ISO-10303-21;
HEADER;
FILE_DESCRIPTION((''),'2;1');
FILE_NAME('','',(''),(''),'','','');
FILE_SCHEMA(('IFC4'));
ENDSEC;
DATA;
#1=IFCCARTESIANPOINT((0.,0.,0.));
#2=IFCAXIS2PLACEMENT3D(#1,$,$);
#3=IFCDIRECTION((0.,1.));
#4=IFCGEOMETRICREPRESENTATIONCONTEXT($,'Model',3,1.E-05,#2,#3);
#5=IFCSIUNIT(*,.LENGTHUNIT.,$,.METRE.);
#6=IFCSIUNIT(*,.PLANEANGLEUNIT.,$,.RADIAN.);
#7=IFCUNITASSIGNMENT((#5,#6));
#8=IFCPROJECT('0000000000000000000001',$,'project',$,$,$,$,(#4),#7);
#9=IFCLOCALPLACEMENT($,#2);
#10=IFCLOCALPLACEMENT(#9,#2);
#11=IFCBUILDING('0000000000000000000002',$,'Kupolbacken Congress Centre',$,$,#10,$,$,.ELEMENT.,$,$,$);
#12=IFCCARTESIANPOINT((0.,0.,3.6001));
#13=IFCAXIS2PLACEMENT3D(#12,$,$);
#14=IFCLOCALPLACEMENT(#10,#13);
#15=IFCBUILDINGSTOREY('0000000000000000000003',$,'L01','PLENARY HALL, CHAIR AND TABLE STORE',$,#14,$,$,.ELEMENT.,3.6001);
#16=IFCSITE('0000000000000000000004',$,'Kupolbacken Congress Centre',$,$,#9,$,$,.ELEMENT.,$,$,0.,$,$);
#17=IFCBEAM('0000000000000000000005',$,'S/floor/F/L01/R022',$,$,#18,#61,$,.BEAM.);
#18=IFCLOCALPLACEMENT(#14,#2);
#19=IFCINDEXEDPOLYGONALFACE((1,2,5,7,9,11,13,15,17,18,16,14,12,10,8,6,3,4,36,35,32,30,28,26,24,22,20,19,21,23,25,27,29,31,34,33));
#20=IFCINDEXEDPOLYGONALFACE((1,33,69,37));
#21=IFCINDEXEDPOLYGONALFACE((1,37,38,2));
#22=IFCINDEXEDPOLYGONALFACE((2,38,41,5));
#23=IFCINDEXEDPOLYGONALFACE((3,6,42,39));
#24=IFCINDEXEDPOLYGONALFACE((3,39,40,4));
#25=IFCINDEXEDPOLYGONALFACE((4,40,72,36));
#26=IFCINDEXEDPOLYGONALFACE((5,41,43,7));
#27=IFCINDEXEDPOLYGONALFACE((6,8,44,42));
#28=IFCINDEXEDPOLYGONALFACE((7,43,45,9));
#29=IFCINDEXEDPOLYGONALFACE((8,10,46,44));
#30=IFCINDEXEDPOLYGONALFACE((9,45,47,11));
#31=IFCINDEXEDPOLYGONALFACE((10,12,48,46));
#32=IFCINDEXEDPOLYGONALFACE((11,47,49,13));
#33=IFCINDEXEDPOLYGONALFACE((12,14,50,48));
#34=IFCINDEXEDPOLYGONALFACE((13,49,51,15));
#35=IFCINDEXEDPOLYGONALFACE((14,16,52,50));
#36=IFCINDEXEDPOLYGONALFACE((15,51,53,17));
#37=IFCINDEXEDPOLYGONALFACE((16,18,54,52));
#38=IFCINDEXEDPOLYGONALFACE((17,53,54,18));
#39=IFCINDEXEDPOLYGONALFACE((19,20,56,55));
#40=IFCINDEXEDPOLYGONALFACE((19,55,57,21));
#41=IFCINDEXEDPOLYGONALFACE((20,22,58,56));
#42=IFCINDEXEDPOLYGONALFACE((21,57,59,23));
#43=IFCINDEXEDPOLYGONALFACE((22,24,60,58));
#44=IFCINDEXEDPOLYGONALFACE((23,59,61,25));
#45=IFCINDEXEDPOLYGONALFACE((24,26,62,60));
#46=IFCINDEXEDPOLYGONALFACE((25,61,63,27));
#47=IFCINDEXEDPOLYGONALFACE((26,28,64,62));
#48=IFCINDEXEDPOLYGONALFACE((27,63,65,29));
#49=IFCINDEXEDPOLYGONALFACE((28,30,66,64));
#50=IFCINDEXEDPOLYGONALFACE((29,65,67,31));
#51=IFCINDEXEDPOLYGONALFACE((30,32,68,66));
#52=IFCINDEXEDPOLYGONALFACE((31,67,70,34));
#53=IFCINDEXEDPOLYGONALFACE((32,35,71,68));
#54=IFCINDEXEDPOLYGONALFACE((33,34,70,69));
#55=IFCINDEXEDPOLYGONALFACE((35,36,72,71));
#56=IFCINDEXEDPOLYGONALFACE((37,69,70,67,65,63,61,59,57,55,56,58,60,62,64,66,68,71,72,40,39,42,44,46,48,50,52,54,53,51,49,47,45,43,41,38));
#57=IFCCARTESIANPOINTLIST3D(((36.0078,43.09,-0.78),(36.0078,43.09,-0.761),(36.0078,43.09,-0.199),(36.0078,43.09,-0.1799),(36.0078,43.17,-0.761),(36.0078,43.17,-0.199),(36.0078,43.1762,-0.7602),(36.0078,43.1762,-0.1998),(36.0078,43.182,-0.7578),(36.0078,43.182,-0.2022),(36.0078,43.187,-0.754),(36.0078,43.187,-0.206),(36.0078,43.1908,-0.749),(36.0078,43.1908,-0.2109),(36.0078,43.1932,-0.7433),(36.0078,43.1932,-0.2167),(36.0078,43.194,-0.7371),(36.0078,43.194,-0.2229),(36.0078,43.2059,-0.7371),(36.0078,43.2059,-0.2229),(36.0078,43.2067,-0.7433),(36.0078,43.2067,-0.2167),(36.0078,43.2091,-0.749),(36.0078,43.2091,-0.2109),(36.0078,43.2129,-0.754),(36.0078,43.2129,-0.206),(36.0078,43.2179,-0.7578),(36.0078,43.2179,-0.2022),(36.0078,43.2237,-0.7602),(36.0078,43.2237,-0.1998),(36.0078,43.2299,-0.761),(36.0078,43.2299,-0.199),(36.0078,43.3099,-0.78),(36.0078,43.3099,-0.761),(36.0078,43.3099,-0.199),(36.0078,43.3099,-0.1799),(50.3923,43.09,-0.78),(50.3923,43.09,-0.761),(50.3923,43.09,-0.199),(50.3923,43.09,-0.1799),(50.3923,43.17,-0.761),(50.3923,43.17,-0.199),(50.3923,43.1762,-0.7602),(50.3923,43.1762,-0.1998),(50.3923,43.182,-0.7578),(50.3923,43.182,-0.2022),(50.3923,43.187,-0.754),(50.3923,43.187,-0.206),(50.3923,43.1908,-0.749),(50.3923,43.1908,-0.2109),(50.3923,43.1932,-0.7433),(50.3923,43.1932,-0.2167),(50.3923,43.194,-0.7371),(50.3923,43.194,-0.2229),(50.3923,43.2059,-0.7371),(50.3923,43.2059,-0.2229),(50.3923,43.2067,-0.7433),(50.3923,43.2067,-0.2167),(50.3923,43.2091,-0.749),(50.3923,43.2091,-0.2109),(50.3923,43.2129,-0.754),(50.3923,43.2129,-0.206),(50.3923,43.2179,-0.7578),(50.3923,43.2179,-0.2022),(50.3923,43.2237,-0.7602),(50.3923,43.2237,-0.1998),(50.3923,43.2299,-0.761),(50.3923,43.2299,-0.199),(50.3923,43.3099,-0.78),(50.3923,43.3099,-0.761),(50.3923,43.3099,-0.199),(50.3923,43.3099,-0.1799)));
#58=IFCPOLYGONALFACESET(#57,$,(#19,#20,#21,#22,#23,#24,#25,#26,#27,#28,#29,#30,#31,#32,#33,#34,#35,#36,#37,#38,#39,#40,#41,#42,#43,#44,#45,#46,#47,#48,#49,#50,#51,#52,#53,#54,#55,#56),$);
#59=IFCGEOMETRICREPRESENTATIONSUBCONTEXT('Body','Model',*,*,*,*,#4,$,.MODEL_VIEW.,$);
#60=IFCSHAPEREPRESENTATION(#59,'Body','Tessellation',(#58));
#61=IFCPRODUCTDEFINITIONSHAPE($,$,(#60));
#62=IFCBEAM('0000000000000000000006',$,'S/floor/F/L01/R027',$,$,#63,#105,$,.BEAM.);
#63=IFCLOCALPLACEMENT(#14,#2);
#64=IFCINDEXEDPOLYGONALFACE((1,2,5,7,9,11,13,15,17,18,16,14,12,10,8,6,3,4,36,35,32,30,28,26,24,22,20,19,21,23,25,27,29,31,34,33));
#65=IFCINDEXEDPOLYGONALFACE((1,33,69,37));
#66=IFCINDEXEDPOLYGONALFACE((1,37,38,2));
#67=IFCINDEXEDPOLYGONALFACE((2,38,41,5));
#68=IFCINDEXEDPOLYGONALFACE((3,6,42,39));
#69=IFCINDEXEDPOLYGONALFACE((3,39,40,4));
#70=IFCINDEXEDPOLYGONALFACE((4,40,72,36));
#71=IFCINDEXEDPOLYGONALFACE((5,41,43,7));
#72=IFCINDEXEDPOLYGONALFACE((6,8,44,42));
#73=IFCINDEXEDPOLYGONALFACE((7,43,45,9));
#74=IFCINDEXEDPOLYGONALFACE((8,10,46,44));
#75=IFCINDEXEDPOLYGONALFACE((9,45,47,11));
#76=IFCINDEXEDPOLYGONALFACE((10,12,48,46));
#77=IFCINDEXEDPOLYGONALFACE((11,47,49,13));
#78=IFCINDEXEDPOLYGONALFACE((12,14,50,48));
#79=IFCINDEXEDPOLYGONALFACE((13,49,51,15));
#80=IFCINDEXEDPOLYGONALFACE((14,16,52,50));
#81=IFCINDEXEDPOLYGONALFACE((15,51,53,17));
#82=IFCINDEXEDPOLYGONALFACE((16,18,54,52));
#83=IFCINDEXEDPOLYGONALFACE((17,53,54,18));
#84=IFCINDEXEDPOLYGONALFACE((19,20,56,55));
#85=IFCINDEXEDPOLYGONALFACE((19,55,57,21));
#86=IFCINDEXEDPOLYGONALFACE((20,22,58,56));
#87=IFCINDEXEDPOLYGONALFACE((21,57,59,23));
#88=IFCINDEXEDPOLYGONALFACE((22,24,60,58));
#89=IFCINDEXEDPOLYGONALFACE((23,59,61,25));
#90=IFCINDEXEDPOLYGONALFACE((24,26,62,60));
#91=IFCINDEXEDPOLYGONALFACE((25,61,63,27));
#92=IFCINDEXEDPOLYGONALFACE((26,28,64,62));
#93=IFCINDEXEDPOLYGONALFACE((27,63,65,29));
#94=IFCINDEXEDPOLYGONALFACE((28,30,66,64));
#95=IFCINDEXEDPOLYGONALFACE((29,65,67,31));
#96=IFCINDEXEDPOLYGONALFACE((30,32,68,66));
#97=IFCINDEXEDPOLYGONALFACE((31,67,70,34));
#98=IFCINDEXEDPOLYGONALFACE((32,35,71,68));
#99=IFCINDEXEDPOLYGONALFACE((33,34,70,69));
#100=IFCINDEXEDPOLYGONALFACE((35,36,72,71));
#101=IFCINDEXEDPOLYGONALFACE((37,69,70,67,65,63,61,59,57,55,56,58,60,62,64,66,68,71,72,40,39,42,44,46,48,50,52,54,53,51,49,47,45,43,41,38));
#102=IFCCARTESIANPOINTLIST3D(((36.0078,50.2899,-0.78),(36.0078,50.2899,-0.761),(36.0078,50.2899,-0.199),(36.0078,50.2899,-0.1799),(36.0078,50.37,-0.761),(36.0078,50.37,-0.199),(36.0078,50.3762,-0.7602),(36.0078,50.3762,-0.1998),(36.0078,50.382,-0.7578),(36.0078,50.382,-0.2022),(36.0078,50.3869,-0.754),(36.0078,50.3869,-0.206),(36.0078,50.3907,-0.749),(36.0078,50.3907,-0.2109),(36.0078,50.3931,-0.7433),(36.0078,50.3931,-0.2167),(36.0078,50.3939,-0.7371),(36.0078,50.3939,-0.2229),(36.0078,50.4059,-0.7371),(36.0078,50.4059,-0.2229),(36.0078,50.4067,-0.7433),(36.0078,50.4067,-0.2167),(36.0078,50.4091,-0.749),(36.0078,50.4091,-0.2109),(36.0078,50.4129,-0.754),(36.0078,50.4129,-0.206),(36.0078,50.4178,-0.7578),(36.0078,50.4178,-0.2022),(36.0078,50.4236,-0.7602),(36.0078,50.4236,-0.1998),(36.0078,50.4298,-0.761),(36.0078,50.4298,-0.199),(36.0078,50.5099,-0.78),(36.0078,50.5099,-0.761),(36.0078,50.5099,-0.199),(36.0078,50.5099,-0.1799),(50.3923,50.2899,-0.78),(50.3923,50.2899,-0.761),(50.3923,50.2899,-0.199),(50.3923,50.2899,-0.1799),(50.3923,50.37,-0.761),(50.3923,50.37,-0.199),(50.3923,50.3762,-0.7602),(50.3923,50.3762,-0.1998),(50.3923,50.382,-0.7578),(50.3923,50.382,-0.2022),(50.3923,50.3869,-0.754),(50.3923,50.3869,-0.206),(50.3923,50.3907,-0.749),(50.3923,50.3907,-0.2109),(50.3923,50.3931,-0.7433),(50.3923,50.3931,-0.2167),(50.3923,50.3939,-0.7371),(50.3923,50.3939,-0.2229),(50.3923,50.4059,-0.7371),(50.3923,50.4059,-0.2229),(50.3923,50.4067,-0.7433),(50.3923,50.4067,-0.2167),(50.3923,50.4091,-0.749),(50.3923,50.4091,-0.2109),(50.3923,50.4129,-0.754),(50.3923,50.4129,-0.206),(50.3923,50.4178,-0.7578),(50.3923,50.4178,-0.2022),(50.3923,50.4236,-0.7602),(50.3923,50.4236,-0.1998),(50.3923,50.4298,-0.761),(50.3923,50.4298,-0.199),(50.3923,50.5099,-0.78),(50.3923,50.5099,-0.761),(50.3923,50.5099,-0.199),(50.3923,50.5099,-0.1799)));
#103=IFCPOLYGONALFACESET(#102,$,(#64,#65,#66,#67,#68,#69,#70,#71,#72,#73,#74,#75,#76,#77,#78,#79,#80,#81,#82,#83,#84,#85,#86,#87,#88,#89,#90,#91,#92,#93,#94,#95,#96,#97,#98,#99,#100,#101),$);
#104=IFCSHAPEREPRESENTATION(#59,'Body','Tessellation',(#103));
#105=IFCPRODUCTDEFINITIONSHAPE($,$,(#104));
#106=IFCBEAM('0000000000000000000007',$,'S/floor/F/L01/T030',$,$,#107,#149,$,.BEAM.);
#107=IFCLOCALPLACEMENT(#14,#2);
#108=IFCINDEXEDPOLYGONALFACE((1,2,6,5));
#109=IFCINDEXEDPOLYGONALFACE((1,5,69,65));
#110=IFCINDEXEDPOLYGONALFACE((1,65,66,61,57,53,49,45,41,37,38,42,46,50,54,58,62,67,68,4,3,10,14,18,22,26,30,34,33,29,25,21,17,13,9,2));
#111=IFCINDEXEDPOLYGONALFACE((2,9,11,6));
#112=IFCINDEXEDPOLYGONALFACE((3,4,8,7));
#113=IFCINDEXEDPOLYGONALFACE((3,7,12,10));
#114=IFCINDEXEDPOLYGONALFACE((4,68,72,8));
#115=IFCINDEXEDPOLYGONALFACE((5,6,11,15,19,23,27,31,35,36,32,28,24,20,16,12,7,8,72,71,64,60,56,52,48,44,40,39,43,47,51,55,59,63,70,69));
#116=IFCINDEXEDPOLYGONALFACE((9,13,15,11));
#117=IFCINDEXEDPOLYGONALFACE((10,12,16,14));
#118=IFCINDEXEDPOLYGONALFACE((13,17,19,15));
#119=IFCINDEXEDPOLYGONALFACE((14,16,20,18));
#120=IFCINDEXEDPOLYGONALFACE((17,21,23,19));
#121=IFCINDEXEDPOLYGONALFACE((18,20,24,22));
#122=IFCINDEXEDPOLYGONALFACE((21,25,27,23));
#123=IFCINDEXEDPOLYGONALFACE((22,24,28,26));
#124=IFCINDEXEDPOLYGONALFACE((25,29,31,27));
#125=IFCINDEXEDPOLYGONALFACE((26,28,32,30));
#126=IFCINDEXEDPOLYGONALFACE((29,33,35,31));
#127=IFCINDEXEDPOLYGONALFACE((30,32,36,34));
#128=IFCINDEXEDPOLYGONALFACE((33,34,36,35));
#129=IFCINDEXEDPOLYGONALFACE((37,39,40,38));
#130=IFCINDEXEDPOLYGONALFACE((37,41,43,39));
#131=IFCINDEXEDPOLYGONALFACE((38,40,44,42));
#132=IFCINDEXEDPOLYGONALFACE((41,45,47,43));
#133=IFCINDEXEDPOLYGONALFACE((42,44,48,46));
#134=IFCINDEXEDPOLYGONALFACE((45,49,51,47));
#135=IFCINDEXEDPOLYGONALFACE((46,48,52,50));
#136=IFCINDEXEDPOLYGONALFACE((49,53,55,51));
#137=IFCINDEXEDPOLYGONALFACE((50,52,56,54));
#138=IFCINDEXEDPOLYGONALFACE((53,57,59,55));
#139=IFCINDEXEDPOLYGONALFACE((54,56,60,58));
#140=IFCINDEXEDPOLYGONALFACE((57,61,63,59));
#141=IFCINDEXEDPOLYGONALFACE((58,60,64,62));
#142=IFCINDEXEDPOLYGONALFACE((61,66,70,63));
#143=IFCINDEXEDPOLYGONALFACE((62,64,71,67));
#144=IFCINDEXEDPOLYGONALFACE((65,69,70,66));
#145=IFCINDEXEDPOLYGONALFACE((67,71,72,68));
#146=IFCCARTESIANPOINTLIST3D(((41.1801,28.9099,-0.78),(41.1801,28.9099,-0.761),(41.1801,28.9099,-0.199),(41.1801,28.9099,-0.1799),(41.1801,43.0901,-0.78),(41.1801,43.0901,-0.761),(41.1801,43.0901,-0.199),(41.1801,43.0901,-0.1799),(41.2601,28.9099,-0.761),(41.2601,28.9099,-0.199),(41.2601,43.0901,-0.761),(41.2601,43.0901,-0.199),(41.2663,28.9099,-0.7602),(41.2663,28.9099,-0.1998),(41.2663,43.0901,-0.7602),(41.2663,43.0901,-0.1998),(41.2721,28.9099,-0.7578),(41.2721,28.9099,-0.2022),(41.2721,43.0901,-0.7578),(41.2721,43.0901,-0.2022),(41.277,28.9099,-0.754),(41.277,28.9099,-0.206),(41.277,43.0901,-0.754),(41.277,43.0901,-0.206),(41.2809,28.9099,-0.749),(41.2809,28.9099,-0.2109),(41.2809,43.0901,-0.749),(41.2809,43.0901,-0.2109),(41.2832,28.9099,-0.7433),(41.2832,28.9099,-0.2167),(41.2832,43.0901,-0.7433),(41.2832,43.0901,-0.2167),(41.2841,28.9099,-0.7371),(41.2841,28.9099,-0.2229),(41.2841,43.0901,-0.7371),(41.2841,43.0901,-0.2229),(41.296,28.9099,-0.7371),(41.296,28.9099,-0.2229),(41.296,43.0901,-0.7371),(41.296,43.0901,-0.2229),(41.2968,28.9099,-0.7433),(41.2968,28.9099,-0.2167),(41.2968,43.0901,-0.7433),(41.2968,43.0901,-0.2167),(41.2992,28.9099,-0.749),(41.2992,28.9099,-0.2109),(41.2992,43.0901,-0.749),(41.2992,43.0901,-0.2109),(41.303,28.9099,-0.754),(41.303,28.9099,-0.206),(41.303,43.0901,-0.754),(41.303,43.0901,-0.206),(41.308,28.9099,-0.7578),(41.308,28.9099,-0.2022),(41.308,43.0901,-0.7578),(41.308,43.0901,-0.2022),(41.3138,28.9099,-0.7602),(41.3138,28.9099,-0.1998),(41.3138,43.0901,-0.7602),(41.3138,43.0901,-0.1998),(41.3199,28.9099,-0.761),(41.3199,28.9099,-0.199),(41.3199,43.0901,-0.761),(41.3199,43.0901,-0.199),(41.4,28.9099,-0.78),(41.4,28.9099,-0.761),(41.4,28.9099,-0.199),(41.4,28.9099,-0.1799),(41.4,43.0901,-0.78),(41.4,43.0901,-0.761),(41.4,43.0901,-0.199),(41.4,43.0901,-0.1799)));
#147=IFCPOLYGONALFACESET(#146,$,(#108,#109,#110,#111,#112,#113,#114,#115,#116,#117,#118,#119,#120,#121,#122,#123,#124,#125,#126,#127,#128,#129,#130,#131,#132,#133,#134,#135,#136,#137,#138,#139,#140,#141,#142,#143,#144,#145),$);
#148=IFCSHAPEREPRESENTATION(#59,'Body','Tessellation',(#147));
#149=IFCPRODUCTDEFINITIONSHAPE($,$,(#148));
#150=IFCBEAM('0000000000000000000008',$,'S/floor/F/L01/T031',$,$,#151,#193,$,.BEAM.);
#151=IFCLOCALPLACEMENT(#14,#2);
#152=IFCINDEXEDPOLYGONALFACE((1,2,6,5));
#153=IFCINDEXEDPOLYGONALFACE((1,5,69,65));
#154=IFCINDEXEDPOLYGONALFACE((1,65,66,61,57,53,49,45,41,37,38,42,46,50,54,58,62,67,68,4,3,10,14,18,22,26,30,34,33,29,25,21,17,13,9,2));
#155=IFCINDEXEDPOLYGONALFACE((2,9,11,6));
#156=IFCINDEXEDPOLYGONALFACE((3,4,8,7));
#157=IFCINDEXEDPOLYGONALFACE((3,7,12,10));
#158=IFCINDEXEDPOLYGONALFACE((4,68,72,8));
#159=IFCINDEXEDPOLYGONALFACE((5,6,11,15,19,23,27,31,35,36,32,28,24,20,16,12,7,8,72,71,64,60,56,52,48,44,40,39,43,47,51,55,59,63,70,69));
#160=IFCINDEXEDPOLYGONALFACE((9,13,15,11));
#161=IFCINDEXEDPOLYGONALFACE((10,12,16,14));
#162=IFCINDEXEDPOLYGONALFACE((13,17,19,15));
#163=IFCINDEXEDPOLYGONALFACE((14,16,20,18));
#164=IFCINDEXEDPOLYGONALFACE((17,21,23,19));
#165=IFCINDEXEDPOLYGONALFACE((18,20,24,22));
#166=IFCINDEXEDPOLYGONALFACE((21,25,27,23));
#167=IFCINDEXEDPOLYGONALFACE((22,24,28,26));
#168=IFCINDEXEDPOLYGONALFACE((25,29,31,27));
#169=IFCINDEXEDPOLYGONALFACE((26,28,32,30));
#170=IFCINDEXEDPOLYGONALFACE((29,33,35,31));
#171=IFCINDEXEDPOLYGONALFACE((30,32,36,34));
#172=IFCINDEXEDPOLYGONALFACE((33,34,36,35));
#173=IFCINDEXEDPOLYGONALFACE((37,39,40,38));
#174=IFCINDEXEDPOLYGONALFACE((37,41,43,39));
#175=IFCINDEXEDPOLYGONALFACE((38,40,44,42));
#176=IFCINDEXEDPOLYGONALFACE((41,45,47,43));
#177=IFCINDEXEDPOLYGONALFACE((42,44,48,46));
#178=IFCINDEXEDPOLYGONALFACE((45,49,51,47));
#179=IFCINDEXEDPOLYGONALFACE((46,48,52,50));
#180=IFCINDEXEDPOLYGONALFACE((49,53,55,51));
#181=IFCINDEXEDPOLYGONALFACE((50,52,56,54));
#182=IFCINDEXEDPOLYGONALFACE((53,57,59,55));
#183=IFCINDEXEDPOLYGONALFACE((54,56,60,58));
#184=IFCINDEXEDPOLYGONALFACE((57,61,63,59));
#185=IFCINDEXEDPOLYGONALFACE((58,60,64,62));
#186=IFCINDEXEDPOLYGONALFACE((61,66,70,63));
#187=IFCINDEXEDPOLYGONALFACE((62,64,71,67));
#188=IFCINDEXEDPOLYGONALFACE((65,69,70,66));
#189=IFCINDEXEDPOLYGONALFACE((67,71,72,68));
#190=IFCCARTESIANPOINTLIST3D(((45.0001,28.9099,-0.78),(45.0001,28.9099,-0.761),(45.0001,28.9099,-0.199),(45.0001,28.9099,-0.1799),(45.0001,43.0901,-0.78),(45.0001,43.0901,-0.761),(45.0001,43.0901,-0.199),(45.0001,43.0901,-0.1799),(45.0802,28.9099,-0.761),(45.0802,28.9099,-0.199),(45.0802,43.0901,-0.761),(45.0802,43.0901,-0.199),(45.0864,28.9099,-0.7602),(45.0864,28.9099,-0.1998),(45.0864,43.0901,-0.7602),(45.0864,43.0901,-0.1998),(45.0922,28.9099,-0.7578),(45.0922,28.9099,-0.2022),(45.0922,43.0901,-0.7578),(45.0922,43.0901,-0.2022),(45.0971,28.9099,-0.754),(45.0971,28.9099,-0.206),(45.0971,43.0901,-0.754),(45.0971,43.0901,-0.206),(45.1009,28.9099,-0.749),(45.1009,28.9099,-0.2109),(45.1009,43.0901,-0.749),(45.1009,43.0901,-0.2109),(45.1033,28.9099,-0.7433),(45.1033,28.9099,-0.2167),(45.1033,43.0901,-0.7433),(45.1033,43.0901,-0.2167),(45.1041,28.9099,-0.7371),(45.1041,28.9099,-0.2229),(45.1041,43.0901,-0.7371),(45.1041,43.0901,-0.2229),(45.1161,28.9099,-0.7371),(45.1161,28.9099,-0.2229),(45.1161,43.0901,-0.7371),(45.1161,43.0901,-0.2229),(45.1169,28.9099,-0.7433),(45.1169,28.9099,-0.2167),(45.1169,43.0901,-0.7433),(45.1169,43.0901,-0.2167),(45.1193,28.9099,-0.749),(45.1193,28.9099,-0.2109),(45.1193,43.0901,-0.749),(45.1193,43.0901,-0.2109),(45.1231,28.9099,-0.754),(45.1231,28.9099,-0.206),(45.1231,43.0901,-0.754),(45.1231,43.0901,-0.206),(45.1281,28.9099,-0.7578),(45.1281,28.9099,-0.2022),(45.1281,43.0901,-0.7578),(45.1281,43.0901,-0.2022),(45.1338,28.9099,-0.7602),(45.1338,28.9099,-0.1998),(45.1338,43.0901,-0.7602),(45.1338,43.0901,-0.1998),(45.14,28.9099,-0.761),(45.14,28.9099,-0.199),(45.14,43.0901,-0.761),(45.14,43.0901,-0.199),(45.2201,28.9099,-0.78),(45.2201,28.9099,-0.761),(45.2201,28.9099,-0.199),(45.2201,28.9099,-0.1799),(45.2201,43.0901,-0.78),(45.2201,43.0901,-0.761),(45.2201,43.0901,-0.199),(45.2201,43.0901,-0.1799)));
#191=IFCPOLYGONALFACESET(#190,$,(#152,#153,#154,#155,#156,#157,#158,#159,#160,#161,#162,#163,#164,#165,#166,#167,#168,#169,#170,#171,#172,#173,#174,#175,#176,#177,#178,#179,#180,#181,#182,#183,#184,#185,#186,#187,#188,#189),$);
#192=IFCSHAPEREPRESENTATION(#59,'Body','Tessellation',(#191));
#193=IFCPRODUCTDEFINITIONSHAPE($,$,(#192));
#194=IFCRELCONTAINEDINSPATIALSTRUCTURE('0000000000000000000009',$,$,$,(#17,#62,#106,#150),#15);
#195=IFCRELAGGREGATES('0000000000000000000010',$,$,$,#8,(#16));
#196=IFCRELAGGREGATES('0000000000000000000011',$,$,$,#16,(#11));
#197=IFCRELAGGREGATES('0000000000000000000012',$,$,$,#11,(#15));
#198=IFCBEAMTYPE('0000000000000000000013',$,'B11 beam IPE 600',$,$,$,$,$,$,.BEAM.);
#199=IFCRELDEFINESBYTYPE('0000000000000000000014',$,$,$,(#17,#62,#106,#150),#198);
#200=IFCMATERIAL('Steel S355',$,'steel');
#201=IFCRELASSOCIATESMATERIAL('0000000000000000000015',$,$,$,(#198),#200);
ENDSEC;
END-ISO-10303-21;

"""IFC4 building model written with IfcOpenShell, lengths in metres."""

from ifc_helpers import new_model, si_unit, direction, frame, origin, origin_2d, place, context, subcontext, project, spatial, i_section, extrude, material, material_profile, profile_set, type_object, element, save


model = new_model("IFC4")

# Units and contexts
model_context = context("Model", 3, precision=1e-05, world=origin(), true_north=direction((0.0, 1.0)))
body_context = subcontext(model_context, "Body", "Model", "MODEL_VIEW")
ifc_project = project(units=[si_unit("LENGTHUNIT", "METRE"), si_unit("PLANEANGLEUNIT", "RADIAN")], contexts=[model_context])

# Site, building, storey
site_placement = place(None, origin())
site = spatial("IfcSite", under=ifc_project, at=site_placement, Name="Kupolbacken Congress Centre", CompositionType="ELEMENT", RefElevation=0.0)
building_placement = place(site_placement, origin())
building = spatial("IfcBuilding", under=site, at=building_placement, Name="Kupolbacken Congress Centre", CompositionType="ELEMENT")
storey_placement = place(building_placement, frame((0.0, 0.0, 3.6001)))
storey = spatial("IfcBuildingStorey", under=building, at=storey_placement, Name="L01", Description="PLENARY HALL, CHAIR AND TABLE STORE", CompositionType="ELEMENT", Elevation=3.6001)

# Beams
ifc_material_1 = material(Name="Steel S355", Category="steel")
ifc_material_profile_1 = material_profile(ifc_material_1, i_section(OverallWidth=0.22, OverallDepth=0.6001, WebThickness=0.012, FlangeThickness=0.019, FilletRadius=0.0239, at=origin_2d()), Name="IPE 600")
ifc_profile_set_1 = profile_set([ifc_material_profile_1], Name="Steel S355")
beam_type_1 = type_object("IfcBeamType", Name="B11 beam IPE 600", PredefinedType="BEAM", material=ifc_profile_set_1)
for number, where, z_axis, x_axis, name in (
    (1, (36.0078, 43.2, -0.48), (1.0, 0.0, 0.0), (0.0, 1.0, 0.0), "S/floor/F/L01/R022"),
    (2, (36.0078, 50.3999, -0.48), (1.0, 0.0, 0.0), (0.0, 1.0, 0.0), "S/floor/F/L01/R027"),
):
    element("IfcBeam", number, at=place(storey_placement, frame(where, z_axis=z_axis, x_axis=x_axis)), inside=storey, type_object=beam_type_1, Name=name, PredefinedType="BEAM", context=body_context, shape_type="SweptSolid", body=[
        extrude(i_section(OverallWidth=0.22, OverallDepth=0.6001, WebThickness=0.012, FlangeThickness=0.019, FilletRadius=0.0239, at=origin_2d()), origin(), (0.0, 0.0, 1.0), 14.3845),
    ])
for number, where, z_axis, x_axis, name in (
    (3, (41.29, 28.9099, -0.48), (0.0, 1.0, 0.0), (-1.0, 0.0, 0.0), "S/floor/F/L01/T030"),
    (4, (45.1101, 28.9099, -0.48), (0.0, 1.0, 0.0), (-1.0, 0.0, 0.0), "S/floor/F/L01/T031"),
):
    element("IfcBeam", number, at=place(storey_placement, frame(where, z_axis=z_axis, x_axis=x_axis)), inside=storey, type_object=beam_type_1, Name=name, PredefinedType="BEAM", context=body_context, shape_type="SweptSolid", body=[
        extrude(i_section(OverallWidth=0.22, OverallDepth=0.6001, WebThickness=0.012, FlangeThickness=0.019, FilletRadius=0.0239, at=origin_2d()), origin(), (0.0, 0.0, 1.0), 14.1802),
    ])

save(model, "model.ifc")
